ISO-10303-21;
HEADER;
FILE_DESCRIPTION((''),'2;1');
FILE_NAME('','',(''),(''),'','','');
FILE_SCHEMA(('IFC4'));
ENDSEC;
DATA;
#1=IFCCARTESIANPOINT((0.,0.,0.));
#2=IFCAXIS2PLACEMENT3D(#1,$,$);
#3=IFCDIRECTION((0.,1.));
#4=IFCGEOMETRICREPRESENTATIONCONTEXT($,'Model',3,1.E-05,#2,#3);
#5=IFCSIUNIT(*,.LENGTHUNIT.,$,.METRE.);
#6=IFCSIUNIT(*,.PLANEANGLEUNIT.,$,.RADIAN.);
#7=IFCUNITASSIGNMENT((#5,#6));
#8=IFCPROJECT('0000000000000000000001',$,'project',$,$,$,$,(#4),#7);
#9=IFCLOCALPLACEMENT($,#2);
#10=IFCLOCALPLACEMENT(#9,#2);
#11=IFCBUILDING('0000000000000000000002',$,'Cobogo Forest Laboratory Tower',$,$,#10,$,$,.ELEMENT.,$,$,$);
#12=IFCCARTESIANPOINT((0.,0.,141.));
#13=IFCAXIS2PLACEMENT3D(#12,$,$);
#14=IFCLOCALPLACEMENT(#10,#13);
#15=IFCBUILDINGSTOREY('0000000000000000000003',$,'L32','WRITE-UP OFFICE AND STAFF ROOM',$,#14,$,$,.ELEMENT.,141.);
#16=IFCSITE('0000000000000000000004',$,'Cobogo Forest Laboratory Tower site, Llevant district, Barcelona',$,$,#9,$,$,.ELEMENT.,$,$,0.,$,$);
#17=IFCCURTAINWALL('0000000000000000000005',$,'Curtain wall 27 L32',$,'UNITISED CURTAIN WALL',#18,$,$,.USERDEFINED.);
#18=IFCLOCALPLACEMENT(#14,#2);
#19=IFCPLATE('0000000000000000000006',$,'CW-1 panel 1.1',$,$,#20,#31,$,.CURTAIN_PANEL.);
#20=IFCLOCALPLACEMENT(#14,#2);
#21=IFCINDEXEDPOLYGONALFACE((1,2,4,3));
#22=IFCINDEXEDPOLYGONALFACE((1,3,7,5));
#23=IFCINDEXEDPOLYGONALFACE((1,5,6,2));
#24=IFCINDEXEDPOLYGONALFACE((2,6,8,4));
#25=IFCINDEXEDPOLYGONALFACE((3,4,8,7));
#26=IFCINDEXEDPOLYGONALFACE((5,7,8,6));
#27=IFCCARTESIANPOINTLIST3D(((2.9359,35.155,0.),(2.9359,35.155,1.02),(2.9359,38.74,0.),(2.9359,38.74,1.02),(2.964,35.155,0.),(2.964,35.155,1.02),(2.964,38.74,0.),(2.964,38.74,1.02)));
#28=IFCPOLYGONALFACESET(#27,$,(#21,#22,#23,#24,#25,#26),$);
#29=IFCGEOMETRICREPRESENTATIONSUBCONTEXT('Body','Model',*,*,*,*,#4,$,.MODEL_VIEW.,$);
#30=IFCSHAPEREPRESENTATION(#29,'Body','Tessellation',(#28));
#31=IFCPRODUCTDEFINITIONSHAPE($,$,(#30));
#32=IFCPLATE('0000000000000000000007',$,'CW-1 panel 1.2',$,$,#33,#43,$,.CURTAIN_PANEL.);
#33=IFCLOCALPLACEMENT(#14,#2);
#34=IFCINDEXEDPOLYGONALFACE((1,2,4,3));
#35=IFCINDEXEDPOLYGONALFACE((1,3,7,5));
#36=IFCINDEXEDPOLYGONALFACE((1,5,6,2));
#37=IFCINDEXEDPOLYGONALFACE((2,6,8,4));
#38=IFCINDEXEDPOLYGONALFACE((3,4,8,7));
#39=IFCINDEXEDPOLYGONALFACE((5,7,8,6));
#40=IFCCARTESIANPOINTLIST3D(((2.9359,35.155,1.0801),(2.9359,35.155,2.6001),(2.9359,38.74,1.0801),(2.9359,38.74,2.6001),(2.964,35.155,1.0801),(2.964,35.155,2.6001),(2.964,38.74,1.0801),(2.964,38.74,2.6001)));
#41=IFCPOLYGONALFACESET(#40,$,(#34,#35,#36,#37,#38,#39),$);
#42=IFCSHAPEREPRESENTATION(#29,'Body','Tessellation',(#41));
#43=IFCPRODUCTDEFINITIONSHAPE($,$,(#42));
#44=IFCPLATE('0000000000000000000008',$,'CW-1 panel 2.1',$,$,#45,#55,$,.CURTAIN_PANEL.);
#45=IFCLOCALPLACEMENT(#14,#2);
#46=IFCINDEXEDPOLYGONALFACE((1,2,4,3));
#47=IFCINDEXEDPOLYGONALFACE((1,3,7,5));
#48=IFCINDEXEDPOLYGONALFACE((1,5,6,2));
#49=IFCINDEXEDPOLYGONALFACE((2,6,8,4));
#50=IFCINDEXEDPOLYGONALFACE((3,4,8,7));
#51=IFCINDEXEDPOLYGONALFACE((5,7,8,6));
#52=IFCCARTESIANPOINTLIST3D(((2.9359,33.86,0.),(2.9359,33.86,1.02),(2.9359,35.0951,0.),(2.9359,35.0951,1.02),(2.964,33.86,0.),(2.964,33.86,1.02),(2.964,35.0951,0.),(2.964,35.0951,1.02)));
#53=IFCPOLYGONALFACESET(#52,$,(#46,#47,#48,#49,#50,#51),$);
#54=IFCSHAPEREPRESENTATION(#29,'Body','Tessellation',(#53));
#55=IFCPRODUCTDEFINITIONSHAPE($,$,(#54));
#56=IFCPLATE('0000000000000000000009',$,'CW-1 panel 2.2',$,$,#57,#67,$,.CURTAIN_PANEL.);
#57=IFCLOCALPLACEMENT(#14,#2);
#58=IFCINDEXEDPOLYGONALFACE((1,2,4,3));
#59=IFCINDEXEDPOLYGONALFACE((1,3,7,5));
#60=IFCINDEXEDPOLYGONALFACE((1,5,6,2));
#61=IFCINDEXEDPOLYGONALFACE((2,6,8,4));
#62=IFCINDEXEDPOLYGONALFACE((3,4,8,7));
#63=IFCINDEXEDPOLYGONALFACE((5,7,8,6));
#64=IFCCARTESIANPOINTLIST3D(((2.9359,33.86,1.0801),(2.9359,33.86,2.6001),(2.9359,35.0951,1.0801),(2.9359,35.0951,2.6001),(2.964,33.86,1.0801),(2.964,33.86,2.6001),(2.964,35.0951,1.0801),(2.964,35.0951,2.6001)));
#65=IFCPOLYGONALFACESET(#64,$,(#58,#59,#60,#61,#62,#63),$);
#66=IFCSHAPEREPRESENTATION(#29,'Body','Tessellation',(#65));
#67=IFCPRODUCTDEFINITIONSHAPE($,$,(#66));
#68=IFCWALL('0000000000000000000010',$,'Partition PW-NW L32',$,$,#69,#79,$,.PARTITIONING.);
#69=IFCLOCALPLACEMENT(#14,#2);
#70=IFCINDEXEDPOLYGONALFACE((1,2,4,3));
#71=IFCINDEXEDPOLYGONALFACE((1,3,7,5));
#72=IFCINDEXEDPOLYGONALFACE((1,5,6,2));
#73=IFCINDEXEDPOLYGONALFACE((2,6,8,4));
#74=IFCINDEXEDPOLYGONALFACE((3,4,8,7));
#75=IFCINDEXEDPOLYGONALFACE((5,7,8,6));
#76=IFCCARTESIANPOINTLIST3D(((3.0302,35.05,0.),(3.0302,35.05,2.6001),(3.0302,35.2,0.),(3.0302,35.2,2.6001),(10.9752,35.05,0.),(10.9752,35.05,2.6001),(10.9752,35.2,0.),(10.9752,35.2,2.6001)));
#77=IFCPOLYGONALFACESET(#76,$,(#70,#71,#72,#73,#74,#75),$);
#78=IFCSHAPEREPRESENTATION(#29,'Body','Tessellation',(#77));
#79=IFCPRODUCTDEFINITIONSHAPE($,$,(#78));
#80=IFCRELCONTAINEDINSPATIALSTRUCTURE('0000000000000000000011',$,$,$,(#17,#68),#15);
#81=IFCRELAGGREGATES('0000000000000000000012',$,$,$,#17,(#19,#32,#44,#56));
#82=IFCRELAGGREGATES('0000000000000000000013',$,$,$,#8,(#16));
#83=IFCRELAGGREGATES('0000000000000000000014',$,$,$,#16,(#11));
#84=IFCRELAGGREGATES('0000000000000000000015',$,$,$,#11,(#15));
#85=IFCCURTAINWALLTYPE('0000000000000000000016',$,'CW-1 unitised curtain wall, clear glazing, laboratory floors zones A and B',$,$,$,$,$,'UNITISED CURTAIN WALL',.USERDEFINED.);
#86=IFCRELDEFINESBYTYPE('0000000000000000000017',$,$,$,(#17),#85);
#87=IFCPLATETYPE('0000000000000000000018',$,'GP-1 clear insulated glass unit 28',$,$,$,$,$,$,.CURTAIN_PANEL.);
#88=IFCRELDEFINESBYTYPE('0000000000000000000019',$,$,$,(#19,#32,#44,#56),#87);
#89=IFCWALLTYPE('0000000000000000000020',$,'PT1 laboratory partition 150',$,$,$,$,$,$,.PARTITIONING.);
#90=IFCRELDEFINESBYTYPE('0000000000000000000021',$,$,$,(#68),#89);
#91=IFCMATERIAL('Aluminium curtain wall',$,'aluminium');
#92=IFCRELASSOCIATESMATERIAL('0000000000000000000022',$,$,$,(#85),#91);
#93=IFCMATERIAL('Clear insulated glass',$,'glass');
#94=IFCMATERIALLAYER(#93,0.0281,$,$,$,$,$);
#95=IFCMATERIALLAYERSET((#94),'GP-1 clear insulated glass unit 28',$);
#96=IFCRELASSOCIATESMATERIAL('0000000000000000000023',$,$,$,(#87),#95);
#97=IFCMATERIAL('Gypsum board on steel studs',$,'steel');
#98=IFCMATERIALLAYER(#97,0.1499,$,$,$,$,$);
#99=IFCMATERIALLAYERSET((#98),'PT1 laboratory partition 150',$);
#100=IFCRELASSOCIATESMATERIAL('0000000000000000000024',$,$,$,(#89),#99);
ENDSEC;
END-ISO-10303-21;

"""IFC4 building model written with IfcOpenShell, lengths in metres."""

from ifc_helpers import new_model, si_unit, direction, frame, frame_2d, origin, origin_2d, place, context, subcontext, project, spatial, rectangle, extrude, material, layer, layer_set, type_object, element, aggregate, save


model = new_model("IFC4")

# Units and contexts
model_context = context("Model", 3, precision=1e-05, world=origin(), true_north=direction((0.0, 1.0)))
body_context = subcontext(model_context, "Body", "Model", "MODEL_VIEW")
ifc_project = project(units=[si_unit("LENGTHUNIT", "METRE"), si_unit("PLANEANGLEUNIT", "RADIAN")], contexts=[model_context])

# Site, building, storey
site_placement = place(None, origin())
site = spatial("IfcSite", under=ifc_project, at=site_placement, Name="Cobogo Forest Laboratory Tower site, Llevant district, Barcelona", CompositionType="ELEMENT", RefElevation=0.0)
building_placement = place(site_placement, origin())
building = spatial("IfcBuilding", under=site, at=building_placement, Name="Cobogo Forest Laboratory Tower", CompositionType="ELEMENT")
storey_placement = place(building_placement, frame((0.0, 0.0, 141.0)))
storey = spatial("IfcBuildingStorey", under=building, at=storey_placement, Name="L32", Description="WRITE-UP OFFICE AND STAFF ROOM", CompositionType="ELEMENT", Elevation=141.0)

# Shared definitions
ifc_material_1 = material(Name="Aluminium curtain wall", Category="aluminium")
curtain_wall_type = type_object("IfcCurtainWallType", Name="CW-1 unitised curtain wall, clear glazing, laboratory floors zones A and B", ElementType="UNITISED CURTAIN WALL", PredefinedType="USERDEFINED", material=ifc_material_1)

# Curtain wall
curtain_wall_1_placement = place(storey_placement, origin())
curtain_wall_1 = element("IfcCurtainWall", 1, at=curtain_wall_1_placement, inside=storey, type_object=curtain_wall_type, Name="Curtain wall 27 L32", ObjectType="UNITISED CURTAIN WALL", PredefinedType="USERDEFINED")

# Plates
ifc_material_2 = material(Name="Clear insulated glass", Category="glass")
ifc_layer_1 = layer(ifc_material_2, 0.0281)
ifc_layer_set_1 = layer_set([ifc_layer_1], Name="GP-1 clear insulated glass unit 28")
plate_type = type_object("IfcPlateType", Name="GP-1 clear insulated glass unit 28", PredefinedType="CURTAIN_PANEL", material=ifc_layer_set_1)
plate_1_placement = place(storey_placement, frame((2.95, 36.9475, 0.0), z_axis=(0.0, 0.0, 1.0), x_axis=(0.0, -1.0, 0.0)))
plate_1 = element("IfcPlate", 2, at=plate_1_placement, type_object=plate_type, Name="CW-1 panel 1.1", PredefinedType="CURTAIN_PANEL", context=body_context, shape_type="SweptSolid", body=[
    extrude(rectangle(XDim=3.585, YDim=0.0281, at=origin_2d()), origin(), (0.0, 0.0, 1.0), 1.02),
])
plate_2_placement = place(storey_placement, frame((2.95, 36.9475, 1.0801), z_axis=(0.0, 0.0, 1.0), x_axis=(0.0, -1.0, 0.0)))
plate_2 = element("IfcPlate", 3, at=plate_2_placement, type_object=plate_type, Name="CW-1 panel 1.2", PredefinedType="CURTAIN_PANEL", context=body_context, shape_type="SweptSolid", body=[
    extrude(rectangle(XDim=3.585, YDim=0.0281, at=origin_2d()), origin(), (0.0, 0.0, 1.0), 1.52),
])
plate_3_placement = place(storey_placement, frame((2.95, 34.4775, 0.0), z_axis=(0.0, 0.0, 1.0), x_axis=(0.0, -1.0, 0.0)))
plate_3 = element("IfcPlate", 4, at=plate_3_placement, type_object=plate_type, Name="CW-1 panel 2.1", PredefinedType="CURTAIN_PANEL", context=body_context, shape_type="SweptSolid", body=[
    extrude(rectangle(XDim=1.2351, YDim=0.0281, at=origin_2d()), origin(), (0.0, 0.0, 1.0), 1.02),
])
plate_4_placement = place(storey_placement, frame((2.95, 34.4775, 1.0801), z_axis=(0.0, 0.0, 1.0), x_axis=(0.0, -1.0, 0.0)))
plate_4 = element("IfcPlate", 5, at=plate_4_placement, type_object=plate_type, Name="CW-1 panel 2.2", PredefinedType="CURTAIN_PANEL", context=body_context, shape_type="SweptSolid", body=[
    extrude(rectangle(XDim=1.2351, YDim=0.0281, at=origin_2d()), origin(), (0.0, 0.0, 1.0), 1.52),
])
aggregate(curtain_wall_1, [plate_1, plate_2, plate_3, plate_4])

# Wall
ifc_material_3 = material(Name="Gypsum board on steel studs", Category="steel")
ifc_layer_2 = layer(ifc_material_3, 0.1499)
ifc_layer_set_2 = layer_set([ifc_layer_2], Name="PT1 laboratory partition 150")
wall_type = type_object("IfcWallType", Name="PT1 laboratory partition 150", PredefinedType="PARTITIONING", material=ifc_layer_set_2)
wall_placement = place(storey_placement, frame((3.03, 35.125, 0.0), z_axis=(0.0, 0.0, 1.0), x_axis=(1.0, 0.0, 0.0)))
element("IfcWall", 6, at=wall_placement, inside=storey, type_object=wall_type, Name="Partition PW-NW L32", PredefinedType="PARTITIONING", context=body_context, shape_type="SweptSolid", body=[
    extrude(rectangle(XDim=7.9451, YDim=0.1499, at=frame_2d((3.9727, 0.0))), origin(), (0.0, 0.0, 1.0), 2.6001),
])

save(model, "model.ifc")
